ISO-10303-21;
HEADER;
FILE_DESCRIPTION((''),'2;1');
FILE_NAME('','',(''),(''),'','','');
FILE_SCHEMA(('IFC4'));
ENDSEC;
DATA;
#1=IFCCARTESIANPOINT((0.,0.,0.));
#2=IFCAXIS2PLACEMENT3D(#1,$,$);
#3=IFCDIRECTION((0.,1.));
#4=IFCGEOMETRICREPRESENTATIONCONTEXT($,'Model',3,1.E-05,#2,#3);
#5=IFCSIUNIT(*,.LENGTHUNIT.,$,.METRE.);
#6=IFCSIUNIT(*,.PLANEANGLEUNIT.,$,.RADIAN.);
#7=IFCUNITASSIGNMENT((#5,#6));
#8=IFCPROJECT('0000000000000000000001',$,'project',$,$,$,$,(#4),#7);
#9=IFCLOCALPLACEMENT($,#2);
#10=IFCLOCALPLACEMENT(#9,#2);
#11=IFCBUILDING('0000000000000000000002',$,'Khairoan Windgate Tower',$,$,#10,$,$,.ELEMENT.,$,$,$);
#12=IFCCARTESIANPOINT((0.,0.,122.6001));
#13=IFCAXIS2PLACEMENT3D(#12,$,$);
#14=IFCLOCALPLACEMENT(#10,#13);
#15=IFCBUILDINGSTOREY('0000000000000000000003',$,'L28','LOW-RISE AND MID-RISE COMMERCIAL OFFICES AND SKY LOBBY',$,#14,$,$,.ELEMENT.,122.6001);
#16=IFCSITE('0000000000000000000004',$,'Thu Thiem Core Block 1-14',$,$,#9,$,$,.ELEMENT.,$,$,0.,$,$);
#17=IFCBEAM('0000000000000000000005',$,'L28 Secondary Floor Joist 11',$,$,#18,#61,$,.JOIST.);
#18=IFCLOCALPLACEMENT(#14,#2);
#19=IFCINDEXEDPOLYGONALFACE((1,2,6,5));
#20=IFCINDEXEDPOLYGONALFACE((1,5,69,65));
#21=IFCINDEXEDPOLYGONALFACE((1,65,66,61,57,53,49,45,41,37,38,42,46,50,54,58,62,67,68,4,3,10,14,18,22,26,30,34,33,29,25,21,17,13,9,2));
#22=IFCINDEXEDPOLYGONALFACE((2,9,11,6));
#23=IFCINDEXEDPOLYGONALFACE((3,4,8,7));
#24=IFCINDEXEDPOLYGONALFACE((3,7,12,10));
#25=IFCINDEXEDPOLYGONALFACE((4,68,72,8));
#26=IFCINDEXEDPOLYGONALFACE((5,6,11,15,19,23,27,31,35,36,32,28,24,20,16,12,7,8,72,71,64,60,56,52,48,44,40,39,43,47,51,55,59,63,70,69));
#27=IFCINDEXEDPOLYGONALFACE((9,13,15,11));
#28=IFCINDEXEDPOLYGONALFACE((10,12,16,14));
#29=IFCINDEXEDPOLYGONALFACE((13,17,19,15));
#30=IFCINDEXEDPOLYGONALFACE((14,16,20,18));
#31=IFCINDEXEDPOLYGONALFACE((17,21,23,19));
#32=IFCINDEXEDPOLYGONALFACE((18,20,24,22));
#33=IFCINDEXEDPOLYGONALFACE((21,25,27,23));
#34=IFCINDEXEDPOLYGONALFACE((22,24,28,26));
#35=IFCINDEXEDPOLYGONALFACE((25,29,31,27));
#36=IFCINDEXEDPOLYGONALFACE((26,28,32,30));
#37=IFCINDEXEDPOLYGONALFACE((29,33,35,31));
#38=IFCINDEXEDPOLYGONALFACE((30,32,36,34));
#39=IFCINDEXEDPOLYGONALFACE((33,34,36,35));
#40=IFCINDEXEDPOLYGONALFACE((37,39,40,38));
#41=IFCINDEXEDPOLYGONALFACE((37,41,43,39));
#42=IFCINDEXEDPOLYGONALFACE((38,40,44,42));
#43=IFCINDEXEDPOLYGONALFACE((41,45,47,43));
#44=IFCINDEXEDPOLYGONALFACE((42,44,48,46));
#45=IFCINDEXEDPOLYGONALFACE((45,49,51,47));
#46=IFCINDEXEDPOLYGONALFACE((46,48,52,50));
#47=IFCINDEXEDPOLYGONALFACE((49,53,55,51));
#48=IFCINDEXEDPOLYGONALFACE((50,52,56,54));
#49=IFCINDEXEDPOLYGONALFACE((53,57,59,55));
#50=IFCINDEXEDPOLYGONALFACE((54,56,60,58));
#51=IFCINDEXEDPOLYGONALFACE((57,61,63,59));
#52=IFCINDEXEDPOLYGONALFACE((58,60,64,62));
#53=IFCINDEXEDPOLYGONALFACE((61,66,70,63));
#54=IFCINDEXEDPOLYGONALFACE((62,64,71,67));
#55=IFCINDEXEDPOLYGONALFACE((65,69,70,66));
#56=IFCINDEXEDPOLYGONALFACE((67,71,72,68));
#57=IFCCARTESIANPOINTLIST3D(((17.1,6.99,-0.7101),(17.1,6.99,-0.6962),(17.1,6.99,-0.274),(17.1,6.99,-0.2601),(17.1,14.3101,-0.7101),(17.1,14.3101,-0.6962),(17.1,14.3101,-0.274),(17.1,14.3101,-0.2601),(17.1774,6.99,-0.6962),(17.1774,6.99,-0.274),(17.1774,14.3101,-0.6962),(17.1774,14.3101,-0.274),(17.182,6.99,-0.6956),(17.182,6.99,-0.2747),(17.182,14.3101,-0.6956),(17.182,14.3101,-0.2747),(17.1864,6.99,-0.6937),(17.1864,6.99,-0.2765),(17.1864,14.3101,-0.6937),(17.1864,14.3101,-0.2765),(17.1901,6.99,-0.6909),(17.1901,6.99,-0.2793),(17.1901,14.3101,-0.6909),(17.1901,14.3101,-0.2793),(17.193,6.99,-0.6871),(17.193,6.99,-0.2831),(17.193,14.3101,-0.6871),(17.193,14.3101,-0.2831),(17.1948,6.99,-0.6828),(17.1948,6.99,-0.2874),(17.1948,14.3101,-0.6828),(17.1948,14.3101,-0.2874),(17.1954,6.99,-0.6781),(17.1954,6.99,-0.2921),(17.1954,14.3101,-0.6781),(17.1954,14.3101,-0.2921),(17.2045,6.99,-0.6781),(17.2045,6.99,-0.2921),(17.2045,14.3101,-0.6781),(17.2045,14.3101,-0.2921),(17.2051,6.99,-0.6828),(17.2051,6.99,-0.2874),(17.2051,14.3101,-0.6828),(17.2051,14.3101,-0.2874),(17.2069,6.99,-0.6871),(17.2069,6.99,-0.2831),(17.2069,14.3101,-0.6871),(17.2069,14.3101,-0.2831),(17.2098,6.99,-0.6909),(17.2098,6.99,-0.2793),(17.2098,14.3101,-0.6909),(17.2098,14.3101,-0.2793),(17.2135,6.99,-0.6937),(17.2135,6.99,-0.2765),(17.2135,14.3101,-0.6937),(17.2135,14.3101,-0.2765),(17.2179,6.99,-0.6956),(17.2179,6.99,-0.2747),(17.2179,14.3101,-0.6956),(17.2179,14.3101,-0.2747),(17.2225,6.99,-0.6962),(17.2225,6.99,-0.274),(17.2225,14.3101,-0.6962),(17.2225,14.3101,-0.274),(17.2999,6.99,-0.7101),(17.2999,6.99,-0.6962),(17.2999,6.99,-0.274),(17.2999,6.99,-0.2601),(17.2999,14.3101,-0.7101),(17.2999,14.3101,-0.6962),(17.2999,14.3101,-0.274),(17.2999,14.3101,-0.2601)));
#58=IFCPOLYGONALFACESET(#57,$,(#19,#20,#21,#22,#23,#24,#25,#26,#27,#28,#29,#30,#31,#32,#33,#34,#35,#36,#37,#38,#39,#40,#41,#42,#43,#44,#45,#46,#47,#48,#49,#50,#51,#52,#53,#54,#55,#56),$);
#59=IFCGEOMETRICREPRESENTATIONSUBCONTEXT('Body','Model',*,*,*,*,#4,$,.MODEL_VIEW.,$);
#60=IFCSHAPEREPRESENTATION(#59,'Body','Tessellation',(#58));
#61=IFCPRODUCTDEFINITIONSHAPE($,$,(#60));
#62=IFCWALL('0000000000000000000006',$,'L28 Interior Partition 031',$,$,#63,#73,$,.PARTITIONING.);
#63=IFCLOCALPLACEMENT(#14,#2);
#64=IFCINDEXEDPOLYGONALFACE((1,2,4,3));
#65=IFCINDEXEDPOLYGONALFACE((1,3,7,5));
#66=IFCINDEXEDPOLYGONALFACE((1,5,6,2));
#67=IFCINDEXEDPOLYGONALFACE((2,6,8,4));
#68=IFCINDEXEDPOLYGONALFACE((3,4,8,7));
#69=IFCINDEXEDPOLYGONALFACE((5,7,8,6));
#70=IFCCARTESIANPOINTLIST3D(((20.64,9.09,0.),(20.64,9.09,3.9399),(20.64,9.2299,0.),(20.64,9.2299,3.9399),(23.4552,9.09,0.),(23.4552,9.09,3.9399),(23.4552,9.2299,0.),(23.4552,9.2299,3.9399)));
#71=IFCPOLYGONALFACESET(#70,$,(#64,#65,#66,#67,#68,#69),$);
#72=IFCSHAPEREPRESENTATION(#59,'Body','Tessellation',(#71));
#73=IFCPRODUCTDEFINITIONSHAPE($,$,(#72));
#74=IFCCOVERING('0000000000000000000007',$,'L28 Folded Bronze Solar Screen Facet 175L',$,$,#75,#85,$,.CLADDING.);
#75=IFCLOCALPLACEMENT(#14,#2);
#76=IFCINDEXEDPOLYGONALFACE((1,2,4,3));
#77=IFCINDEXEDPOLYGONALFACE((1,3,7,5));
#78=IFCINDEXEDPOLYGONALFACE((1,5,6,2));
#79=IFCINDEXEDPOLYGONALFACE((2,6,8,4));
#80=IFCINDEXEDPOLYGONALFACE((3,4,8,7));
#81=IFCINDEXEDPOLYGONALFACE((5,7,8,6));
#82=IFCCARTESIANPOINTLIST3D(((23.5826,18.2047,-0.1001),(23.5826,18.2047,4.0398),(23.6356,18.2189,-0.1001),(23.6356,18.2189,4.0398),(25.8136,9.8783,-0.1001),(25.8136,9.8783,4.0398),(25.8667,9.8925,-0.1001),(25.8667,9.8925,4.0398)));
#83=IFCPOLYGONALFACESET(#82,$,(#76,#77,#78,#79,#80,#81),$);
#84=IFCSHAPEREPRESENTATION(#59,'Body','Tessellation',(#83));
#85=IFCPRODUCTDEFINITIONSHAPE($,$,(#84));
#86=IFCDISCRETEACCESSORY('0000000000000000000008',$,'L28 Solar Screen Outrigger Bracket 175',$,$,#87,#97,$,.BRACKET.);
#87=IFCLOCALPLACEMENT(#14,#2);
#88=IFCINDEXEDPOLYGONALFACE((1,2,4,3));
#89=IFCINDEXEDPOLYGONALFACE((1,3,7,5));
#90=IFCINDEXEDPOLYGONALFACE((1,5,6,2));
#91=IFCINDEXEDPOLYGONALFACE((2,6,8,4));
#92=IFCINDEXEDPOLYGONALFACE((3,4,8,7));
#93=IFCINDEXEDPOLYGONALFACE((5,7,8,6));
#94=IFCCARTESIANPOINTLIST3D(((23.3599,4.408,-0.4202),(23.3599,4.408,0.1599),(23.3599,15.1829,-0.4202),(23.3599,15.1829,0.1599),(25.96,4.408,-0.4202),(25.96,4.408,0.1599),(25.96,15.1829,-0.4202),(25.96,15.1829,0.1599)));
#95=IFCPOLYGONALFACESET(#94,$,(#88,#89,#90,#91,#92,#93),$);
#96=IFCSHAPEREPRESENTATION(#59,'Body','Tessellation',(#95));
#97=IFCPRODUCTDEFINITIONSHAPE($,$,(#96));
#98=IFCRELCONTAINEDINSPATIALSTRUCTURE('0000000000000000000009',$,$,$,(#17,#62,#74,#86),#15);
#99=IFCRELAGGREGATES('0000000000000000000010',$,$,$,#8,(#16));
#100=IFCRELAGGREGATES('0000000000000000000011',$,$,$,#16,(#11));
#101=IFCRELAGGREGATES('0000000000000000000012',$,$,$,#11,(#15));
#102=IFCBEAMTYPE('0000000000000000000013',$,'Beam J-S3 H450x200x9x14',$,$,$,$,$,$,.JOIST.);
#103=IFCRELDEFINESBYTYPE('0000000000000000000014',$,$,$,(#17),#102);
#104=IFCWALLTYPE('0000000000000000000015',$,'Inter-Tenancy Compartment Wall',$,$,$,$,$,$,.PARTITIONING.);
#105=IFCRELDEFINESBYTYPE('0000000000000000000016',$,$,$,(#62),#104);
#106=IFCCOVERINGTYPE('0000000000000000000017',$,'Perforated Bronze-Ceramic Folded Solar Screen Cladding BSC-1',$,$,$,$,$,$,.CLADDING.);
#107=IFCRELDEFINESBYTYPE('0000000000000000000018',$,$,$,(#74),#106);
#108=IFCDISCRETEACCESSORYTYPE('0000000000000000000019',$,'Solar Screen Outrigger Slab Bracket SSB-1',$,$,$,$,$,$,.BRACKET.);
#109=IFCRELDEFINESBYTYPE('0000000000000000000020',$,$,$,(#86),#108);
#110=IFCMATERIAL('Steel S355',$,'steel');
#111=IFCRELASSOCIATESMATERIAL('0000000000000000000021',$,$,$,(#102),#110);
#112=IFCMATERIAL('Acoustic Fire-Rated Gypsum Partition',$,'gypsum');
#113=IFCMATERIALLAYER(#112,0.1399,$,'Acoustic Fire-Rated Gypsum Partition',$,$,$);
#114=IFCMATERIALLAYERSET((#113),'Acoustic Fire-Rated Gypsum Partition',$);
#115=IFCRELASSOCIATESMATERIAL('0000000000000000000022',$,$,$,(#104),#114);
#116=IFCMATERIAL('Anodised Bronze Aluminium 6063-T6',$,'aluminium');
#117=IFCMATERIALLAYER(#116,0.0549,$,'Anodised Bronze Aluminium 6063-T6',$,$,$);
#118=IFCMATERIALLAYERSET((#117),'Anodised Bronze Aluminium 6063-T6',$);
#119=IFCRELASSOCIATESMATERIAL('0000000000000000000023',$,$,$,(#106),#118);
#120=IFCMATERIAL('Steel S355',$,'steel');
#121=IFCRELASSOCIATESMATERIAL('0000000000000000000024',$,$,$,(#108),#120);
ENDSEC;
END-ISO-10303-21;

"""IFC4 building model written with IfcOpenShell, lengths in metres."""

from ifc_helpers import new_model, si_unit, direction, frame, frame_2d, origin, origin_2d, place, context, subcontext, project, spatial, rectangle, i_section, extrude, material, layer, layer_set, material_profile, profile_set, type_object, element, save


model = new_model("IFC4")

# Units and contexts
model_context = context("Model", 3, precision=1e-05, world=origin(), true_north=direction((0.0, 1.0)))
body_context = subcontext(model_context, "Body", "Model", "MODEL_VIEW")
ifc_project = project(units=[si_unit("LENGTHUNIT", "METRE"), si_unit("PLANEANGLEUNIT", "RADIAN")], contexts=[model_context])

# Site, building, storey
site_placement = place(None, origin())
site = spatial("IfcSite", under=ifc_project, at=site_placement, Name="Thu Thiem Core Block 1-14", CompositionType="ELEMENT", RefElevation=0.0)
building_placement = place(site_placement, origin())
building = spatial("IfcBuilding", under=site, at=building_placement, Name="Khairoan Windgate Tower", CompositionType="ELEMENT")
storey_placement = place(building_placement, frame((0.0, 0.0, 122.6001)))
storey = spatial("IfcBuildingStorey", under=building, at=storey_placement, Name="L28", Description="LOW-RISE AND MID-RISE COMMERCIAL OFFICES AND SKY LOBBY", CompositionType="ELEMENT", Elevation=122.6001)

# Beam
ifc_material_1 = material(Name="Steel S355", Category="steel")
ifc_material_profile_1 = material_profile(ifc_material_1, i_section(OverallWidth=0.2, OverallDepth=0.45, WebThickness=0.009, FlangeThickness=0.0139, FilletRadius=0.0181, at=origin_2d()))
ifc_profile_set_1 = profile_set([ifc_material_profile_1], Name="Steel S355")
beam_type_1 = type_object("IfcBeamType", Name="Beam J-S3 H450x200x9x14", PredefinedType="JOIST", material=ifc_profile_set_1)
beam_1_placement = place(storey_placement, frame((17.2, 6.99, -0.4851), z_axis=(0.0, 1.0, 0.0), x_axis=(-1.0, 0.0, 0.0)))
element("IfcBeam", 1, at=beam_1_placement, inside=storey, type_object=beam_type_1, Name="L28 Secondary Floor Joist 11", PredefinedType="JOIST", context=body_context, shape_type="SweptSolid", body=[
    extrude(i_section(OverallWidth=0.2, OverallDepth=0.45, WebThickness=0.009, FlangeThickness=0.0139, FilletRadius=0.0181, at=origin_2d()), origin(), (0.0, 0.0, 1.0), 7.3201),
])

# Wall
ifc_material_2 = material(Name="Acoustic Fire-Rated Gypsum Partition", Category="gypsum")
ifc_layer_1 = layer(ifc_material_2, 0.1399, Name="Acoustic Fire-Rated Gypsum Partition")
ifc_layer_set_1 = layer_set([ifc_layer_1], Name="Acoustic Fire-Rated Gypsum Partition")
wall_type_1 = type_object("IfcWallType", Name="Inter-Tenancy Compartment Wall", PredefinedType="PARTITIONING", material=ifc_layer_set_1)
wall_1_placement = place(storey_placement, frame((20.6399, 9.1599, 0.0), z_axis=(0.0, 0.0, 1.0), x_axis=(1.0, 0.0, 0.0)))
element("IfcWall", 2, at=wall_1_placement, inside=storey, type_object=wall_type_1, Name="L28 Interior Partition 031", PredefinedType="PARTITIONING", context=body_context, shape_type="SweptSolid", body=[
    extrude(rectangle(XDim=2.8152, YDim=0.1399, at=frame_2d((1.4077, 0.0))), origin(), (0.0, 0.0, 1.0), 3.9399),
])

# Covering
ifc_material_3 = material(Name="Anodised Bronze Aluminium 6063-T6", Category="aluminium")
ifc_layer_2 = layer(ifc_material_3, 0.0549, Name="Anodised Bronze Aluminium 6063-T6")
ifc_layer_set_2 = layer_set([ifc_layer_2], Name="Anodised Bronze Aluminium 6063-T6")
covering_type = type_object("IfcCoveringType", Name="Perforated Bronze-Ceramic Folded Solar Screen Cladding BSC-1", PredefinedType="CLADDING", material=ifc_layer_set_2)
covering_placement = place(storey_placement, frame((24.7246, 14.0486, -0.1001), z_axis=(0.0, 0.0, 1.0), x_axis=(0.258819, -0.965926, 0.0)))
element("IfcCovering", 3, at=covering_placement, inside=storey, type_object=covering_type, Name="L28 Folded Bronze Solar Screen Facet 175L", PredefinedType="CLADDING", context=body_context, shape_type="SweptSolid", body=[
    extrude(rectangle(XDim=8.6201, YDim=0.0549, at=origin_2d()), origin(), (0.0, 0.0, 1.0), 4.1399),
])

# Discrete accessory
ifc_material_4 = material(Name="Steel S355", Category="steel")
discrete_accessory_type = type_object("IfcDiscreteAccessoryType", Name="Solar Screen Outrigger Slab Bracket SSB-1", PredefinedType="BRACKET", material=ifc_material_4)
discrete_accessory_placement = place(storey_placement, frame((24.6599, 9.7954, -0.4202), z_axis=(0.0, 0.0, 1.0), x_axis=(0.0, -1.0, 0.0)))
element("IfcDiscreteAccessory", 4, at=discrete_accessory_placement, inside=storey, type_object=discrete_accessory_type, Name="L28 Solar Screen Outrigger Bracket 175", PredefinedType="BRACKET", context=body_context, shape_type="SweptSolid", body=[
    extrude(rectangle(XDim=10.7749, YDim=2.6001, at=origin_2d()), origin(), (0.0, 0.0, 1.0), 0.5801),
])

save(model, "model.ifc")
